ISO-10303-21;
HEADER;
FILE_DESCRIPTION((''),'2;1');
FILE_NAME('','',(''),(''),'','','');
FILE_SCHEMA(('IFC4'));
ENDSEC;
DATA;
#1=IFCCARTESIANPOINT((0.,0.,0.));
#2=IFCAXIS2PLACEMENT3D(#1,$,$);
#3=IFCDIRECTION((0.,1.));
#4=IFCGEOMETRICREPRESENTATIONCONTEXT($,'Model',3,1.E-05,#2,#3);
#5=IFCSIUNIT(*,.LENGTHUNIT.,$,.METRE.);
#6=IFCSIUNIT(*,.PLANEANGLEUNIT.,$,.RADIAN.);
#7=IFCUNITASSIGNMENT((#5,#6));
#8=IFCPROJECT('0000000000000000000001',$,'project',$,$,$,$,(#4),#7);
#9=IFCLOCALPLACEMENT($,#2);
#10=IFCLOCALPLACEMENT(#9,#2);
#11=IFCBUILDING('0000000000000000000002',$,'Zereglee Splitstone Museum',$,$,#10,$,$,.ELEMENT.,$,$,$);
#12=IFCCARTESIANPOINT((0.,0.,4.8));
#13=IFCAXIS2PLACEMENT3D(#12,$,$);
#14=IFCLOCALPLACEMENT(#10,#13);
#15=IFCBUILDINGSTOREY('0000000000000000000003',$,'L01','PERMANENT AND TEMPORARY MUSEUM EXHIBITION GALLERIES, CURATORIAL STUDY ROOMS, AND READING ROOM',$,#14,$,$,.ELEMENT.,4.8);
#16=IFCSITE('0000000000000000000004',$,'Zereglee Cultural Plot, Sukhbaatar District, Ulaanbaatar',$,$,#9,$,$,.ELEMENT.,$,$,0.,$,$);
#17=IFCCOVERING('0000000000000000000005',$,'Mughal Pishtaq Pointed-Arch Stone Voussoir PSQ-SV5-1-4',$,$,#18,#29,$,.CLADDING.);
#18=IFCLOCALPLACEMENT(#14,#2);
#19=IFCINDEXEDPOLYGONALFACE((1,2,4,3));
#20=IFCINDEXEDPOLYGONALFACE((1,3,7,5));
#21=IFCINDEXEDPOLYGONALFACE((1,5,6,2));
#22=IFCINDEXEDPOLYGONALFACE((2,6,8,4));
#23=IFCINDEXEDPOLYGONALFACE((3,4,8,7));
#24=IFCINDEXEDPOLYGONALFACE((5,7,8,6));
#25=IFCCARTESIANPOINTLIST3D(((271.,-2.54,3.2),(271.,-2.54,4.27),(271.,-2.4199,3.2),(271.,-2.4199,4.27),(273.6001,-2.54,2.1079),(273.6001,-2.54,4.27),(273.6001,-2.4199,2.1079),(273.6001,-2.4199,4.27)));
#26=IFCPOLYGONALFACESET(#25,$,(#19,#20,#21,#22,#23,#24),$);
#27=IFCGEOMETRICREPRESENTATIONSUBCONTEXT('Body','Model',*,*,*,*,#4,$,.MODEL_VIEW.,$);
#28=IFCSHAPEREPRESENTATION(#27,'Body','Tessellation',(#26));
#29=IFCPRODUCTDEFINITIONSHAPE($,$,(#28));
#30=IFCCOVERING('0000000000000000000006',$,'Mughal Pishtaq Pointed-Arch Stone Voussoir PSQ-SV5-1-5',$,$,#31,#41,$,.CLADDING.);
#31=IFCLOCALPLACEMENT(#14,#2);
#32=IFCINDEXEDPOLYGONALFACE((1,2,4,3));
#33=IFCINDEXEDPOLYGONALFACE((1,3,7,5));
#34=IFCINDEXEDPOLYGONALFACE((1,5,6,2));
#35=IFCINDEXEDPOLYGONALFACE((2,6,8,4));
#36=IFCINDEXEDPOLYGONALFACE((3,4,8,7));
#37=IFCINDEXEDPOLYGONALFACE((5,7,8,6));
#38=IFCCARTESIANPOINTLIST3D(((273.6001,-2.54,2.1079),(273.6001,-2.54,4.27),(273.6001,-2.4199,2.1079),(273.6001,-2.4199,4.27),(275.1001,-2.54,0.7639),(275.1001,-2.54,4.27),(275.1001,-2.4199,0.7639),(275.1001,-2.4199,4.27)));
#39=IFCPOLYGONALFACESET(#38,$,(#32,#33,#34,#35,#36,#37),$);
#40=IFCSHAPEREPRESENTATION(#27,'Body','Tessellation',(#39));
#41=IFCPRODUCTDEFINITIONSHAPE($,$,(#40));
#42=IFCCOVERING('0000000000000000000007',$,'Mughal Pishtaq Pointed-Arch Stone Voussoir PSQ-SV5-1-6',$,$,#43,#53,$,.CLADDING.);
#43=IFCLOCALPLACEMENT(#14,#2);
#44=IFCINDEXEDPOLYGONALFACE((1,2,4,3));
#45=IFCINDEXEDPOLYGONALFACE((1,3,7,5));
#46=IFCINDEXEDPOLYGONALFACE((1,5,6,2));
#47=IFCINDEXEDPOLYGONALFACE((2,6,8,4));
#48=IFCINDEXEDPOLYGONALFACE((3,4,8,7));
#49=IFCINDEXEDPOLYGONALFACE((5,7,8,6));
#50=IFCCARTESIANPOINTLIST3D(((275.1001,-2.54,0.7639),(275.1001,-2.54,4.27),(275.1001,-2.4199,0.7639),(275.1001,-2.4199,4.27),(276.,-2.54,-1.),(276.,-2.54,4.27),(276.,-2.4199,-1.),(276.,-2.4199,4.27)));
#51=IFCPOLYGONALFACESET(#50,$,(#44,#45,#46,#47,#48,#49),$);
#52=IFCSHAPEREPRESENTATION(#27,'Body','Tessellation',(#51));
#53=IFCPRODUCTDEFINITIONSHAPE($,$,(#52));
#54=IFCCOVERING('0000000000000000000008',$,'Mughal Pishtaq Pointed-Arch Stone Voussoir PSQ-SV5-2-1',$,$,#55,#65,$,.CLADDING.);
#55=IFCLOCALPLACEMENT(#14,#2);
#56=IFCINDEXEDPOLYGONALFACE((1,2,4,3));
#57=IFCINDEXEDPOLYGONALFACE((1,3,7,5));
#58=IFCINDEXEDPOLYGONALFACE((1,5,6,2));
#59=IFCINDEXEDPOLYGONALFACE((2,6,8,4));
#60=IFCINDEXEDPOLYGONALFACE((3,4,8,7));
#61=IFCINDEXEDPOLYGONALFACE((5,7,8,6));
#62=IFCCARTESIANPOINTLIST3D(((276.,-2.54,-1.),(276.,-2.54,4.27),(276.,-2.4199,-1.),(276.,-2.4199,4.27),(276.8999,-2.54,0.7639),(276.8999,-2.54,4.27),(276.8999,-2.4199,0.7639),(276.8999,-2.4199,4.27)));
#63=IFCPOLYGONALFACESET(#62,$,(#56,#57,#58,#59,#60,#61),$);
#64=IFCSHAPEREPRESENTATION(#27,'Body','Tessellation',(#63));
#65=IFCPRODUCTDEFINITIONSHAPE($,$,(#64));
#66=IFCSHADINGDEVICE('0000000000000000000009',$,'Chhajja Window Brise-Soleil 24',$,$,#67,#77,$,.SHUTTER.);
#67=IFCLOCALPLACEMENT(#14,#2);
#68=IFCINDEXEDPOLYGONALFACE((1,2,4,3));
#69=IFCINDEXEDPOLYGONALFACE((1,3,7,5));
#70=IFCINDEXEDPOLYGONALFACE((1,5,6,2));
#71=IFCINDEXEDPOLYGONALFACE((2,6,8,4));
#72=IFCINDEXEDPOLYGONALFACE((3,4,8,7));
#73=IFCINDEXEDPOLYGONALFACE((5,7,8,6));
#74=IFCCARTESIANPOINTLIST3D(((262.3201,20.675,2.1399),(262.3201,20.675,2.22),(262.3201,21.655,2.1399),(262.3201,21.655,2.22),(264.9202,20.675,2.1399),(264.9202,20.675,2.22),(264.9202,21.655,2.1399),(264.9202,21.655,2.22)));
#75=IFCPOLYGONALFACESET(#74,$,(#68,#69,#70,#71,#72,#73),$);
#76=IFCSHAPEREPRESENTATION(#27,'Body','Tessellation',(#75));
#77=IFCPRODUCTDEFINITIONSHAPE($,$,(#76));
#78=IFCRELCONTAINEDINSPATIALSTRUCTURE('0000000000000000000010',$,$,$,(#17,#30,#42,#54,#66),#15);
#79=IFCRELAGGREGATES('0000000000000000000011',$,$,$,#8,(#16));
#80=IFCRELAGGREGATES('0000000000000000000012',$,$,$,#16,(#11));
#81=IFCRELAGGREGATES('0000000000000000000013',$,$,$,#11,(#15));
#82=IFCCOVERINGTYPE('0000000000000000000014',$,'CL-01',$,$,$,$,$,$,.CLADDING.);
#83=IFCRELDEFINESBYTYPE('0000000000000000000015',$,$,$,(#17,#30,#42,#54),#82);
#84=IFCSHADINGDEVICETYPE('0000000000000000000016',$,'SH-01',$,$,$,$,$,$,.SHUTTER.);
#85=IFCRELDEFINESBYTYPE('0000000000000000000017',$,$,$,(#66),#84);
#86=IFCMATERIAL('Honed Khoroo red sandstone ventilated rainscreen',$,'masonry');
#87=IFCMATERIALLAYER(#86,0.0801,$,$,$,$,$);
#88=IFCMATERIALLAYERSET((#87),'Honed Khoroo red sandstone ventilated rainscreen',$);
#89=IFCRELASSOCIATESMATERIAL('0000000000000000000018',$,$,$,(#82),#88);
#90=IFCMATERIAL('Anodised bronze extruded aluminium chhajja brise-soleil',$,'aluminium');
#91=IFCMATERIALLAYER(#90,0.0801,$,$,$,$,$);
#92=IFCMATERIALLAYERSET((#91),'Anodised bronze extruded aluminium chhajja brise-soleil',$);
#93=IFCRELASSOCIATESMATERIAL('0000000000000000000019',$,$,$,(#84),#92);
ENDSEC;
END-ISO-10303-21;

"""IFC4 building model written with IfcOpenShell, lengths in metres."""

from ifc_helpers import new_model, si_unit, direction, frame, origin, origin_2d, place, context, subcontext, project, spatial, polyline, rectangle, outline, extrude, material, layer, layer_set, type_object, element, save


model = new_model("IFC4")

# Units and contexts
model_context = context("Model", 3, precision=1e-05, world=origin(), true_north=direction((0.0, 1.0)))
body_context = subcontext(model_context, "Body", "Model", "MODEL_VIEW")
ifc_project = project(units=[si_unit("LENGTHUNIT", "METRE"), si_unit("PLANEANGLEUNIT", "RADIAN")], contexts=[model_context])

# Site, building, storey
site_placement = place(None, origin())
site = spatial("IfcSite", under=ifc_project, at=site_placement, Name="Zereglee Cultural Plot, Sukhbaatar District, Ulaanbaatar", CompositionType="ELEMENT", RefElevation=0.0)
building_placement = place(site_placement, origin())
building = spatial("IfcBuilding", under=site, at=building_placement, Name="Zereglee Splitstone Museum", CompositionType="ELEMENT")
storey_placement = place(building_placement, frame((0.0, 0.0, 4.8)))
storey = spatial("IfcBuildingStorey", under=building, at=storey_placement, Name="L01", Description="PERMANENT AND TEMPORARY MUSEUM EXHIBITION GALLERIES, CURATORIAL STUDY ROOMS, AND READING ROOM", CompositionType="ELEMENT", Elevation=4.8)

# Coverings
ifc_material_1 = material(Name="Honed Khoroo red sandstone ventilated rainscreen", Category="masonry")
ifc_layer_1 = layer(ifc_material_1, 0.0801)
ifc_layer_set_1 = layer_set([ifc_layer_1], Name="Honed Khoroo red sandstone ventilated rainscreen")
covering_type_1 = type_object("IfcCoveringType", Name="CL-01", PredefinedType="CLADDING", material=ifc_layer_set_1)
covering_1_placement = place(storey_placement, frame((271.0, -2.54, 3.2), z_axis=(0.0, -1.0, 0.0), x_axis=(0.921982, 0.0, -0.387232)))
element("IfcCovering", 1, at=covering_1_placement, inside=storey, type_object=covering_type_1, Name="Mughal Pishtaq Pointed-Arch Stone Voussoir PSQ-SV5-1-4", PredefinedType="CLADDING", context=body_context, shape_type="SweptSolid", body=[
    extrude(outline(polyline([(0.0, 0.0), (2.8201, 0.0), (1.9829, 1.9934), (-0.4144, 0.9866), (0.0, 0.0)])), origin(), (0.0, 0.0, -1.0), 0.1201),
])
covering_2_placement = place(storey_placement, frame((273.6001, -2.54, 2.1079), z_axis=(0.0, -1.0, 0.0), x_axis=(0.744775, 0.0, -0.667316)))
element("IfcCovering", 2, at=covering_2_placement, inside=storey, type_object=covering_type_1, Name="Mughal Pishtaq Pointed-Arch Stone Voussoir PSQ-SV5-1-5", PredefinedType="CLADDING", context=body_context, shape_type="SweptSolid", body=[
    extrude(outline(polyline([(0.0, 0.0), (2.014, 0.0), (-0.3256, 2.6113), (-1.4428, 1.6103), (0.0, 0.0)])), origin(), (0.0, 0.0, -1.0), 0.1201),
])
covering_3_placement = place(storey_placement, frame((275.1001, -2.54, 0.7639), z_axis=(0.0, -1.0, 0.0), x_axis=(0.454448, 0.0, -0.890773)))
element("IfcCovering", 3, at=covering_3_placement, inside=storey, type_object=covering_type_1, Name="Mughal Pishtaq Pointed-Arch Stone Voussoir PSQ-SV5-1-6", PredefinedType="CLADDING", context=body_context, shape_type="SweptSolid", body=[
    extrude(outline(polyline([(0.0, 0.0), (1.9802, 0.0), (-2.7142, 2.395), (-3.1231, 1.5933), (0.0, 0.0)])), origin(), (0.0, 0.0, -1.0), 0.1201),
])
covering_4_placement = place(storey_placement, frame((276.0, -2.54, -1.0), z_axis=(0.0, -1.0, 0.0), x_axis=(0.454448, 0.0, 0.890773)))
element("IfcCovering", 4, at=covering_4_placement, inside=storey, type_object=covering_type_1, Name="Mughal Pishtaq Pointed-Arch Stone Voussoir PSQ-SV5-2-1", PredefinedType="CLADDING", context=body_context, shape_type="SweptSolid", body=[
    extrude(outline(polyline([(0.0, 0.0), (1.9802, 0.0), (5.1034, 1.5933), (4.6944, 2.395), (0.0, 0.0)])), origin(), (0.0, 0.0, -1.0), 0.1201),
])

# Shading device
ifc_material_2 = material(Name="Anodised bronze extruded aluminium chhajja brise-soleil", Category="aluminium")
ifc_layer_2 = layer(ifc_material_2, 0.0801)
ifc_layer_set_2 = layer_set([ifc_layer_2], Name="Anodised bronze extruded aluminium chhajja brise-soleil")
shading_device_type = type_object("IfcShadingDeviceType", Name="SH-01", PredefinedType="SHUTTER", material=ifc_layer_set_2)
shading_device_placement = place(storey_placement, frame((263.6201, 21.165, 2.1399), z_axis=(0.0, 0.0, 1.0), x_axis=(1.0, 0.0, 0.0)))
element("IfcShadingDevice", 5, at=shading_device_placement, inside=storey, type_object=shading_device_type, Name="Chhajja Window Brise-Soleil 24", PredefinedType="SHUTTER", context=body_context, shape_type="SweptSolid", body=[
    extrude(rectangle(XDim=2.6001, YDim=0.98, at=origin_2d()), origin(), (0.0, 0.0, 1.0), 0.0801),
])

save(model, "model.ifc")
